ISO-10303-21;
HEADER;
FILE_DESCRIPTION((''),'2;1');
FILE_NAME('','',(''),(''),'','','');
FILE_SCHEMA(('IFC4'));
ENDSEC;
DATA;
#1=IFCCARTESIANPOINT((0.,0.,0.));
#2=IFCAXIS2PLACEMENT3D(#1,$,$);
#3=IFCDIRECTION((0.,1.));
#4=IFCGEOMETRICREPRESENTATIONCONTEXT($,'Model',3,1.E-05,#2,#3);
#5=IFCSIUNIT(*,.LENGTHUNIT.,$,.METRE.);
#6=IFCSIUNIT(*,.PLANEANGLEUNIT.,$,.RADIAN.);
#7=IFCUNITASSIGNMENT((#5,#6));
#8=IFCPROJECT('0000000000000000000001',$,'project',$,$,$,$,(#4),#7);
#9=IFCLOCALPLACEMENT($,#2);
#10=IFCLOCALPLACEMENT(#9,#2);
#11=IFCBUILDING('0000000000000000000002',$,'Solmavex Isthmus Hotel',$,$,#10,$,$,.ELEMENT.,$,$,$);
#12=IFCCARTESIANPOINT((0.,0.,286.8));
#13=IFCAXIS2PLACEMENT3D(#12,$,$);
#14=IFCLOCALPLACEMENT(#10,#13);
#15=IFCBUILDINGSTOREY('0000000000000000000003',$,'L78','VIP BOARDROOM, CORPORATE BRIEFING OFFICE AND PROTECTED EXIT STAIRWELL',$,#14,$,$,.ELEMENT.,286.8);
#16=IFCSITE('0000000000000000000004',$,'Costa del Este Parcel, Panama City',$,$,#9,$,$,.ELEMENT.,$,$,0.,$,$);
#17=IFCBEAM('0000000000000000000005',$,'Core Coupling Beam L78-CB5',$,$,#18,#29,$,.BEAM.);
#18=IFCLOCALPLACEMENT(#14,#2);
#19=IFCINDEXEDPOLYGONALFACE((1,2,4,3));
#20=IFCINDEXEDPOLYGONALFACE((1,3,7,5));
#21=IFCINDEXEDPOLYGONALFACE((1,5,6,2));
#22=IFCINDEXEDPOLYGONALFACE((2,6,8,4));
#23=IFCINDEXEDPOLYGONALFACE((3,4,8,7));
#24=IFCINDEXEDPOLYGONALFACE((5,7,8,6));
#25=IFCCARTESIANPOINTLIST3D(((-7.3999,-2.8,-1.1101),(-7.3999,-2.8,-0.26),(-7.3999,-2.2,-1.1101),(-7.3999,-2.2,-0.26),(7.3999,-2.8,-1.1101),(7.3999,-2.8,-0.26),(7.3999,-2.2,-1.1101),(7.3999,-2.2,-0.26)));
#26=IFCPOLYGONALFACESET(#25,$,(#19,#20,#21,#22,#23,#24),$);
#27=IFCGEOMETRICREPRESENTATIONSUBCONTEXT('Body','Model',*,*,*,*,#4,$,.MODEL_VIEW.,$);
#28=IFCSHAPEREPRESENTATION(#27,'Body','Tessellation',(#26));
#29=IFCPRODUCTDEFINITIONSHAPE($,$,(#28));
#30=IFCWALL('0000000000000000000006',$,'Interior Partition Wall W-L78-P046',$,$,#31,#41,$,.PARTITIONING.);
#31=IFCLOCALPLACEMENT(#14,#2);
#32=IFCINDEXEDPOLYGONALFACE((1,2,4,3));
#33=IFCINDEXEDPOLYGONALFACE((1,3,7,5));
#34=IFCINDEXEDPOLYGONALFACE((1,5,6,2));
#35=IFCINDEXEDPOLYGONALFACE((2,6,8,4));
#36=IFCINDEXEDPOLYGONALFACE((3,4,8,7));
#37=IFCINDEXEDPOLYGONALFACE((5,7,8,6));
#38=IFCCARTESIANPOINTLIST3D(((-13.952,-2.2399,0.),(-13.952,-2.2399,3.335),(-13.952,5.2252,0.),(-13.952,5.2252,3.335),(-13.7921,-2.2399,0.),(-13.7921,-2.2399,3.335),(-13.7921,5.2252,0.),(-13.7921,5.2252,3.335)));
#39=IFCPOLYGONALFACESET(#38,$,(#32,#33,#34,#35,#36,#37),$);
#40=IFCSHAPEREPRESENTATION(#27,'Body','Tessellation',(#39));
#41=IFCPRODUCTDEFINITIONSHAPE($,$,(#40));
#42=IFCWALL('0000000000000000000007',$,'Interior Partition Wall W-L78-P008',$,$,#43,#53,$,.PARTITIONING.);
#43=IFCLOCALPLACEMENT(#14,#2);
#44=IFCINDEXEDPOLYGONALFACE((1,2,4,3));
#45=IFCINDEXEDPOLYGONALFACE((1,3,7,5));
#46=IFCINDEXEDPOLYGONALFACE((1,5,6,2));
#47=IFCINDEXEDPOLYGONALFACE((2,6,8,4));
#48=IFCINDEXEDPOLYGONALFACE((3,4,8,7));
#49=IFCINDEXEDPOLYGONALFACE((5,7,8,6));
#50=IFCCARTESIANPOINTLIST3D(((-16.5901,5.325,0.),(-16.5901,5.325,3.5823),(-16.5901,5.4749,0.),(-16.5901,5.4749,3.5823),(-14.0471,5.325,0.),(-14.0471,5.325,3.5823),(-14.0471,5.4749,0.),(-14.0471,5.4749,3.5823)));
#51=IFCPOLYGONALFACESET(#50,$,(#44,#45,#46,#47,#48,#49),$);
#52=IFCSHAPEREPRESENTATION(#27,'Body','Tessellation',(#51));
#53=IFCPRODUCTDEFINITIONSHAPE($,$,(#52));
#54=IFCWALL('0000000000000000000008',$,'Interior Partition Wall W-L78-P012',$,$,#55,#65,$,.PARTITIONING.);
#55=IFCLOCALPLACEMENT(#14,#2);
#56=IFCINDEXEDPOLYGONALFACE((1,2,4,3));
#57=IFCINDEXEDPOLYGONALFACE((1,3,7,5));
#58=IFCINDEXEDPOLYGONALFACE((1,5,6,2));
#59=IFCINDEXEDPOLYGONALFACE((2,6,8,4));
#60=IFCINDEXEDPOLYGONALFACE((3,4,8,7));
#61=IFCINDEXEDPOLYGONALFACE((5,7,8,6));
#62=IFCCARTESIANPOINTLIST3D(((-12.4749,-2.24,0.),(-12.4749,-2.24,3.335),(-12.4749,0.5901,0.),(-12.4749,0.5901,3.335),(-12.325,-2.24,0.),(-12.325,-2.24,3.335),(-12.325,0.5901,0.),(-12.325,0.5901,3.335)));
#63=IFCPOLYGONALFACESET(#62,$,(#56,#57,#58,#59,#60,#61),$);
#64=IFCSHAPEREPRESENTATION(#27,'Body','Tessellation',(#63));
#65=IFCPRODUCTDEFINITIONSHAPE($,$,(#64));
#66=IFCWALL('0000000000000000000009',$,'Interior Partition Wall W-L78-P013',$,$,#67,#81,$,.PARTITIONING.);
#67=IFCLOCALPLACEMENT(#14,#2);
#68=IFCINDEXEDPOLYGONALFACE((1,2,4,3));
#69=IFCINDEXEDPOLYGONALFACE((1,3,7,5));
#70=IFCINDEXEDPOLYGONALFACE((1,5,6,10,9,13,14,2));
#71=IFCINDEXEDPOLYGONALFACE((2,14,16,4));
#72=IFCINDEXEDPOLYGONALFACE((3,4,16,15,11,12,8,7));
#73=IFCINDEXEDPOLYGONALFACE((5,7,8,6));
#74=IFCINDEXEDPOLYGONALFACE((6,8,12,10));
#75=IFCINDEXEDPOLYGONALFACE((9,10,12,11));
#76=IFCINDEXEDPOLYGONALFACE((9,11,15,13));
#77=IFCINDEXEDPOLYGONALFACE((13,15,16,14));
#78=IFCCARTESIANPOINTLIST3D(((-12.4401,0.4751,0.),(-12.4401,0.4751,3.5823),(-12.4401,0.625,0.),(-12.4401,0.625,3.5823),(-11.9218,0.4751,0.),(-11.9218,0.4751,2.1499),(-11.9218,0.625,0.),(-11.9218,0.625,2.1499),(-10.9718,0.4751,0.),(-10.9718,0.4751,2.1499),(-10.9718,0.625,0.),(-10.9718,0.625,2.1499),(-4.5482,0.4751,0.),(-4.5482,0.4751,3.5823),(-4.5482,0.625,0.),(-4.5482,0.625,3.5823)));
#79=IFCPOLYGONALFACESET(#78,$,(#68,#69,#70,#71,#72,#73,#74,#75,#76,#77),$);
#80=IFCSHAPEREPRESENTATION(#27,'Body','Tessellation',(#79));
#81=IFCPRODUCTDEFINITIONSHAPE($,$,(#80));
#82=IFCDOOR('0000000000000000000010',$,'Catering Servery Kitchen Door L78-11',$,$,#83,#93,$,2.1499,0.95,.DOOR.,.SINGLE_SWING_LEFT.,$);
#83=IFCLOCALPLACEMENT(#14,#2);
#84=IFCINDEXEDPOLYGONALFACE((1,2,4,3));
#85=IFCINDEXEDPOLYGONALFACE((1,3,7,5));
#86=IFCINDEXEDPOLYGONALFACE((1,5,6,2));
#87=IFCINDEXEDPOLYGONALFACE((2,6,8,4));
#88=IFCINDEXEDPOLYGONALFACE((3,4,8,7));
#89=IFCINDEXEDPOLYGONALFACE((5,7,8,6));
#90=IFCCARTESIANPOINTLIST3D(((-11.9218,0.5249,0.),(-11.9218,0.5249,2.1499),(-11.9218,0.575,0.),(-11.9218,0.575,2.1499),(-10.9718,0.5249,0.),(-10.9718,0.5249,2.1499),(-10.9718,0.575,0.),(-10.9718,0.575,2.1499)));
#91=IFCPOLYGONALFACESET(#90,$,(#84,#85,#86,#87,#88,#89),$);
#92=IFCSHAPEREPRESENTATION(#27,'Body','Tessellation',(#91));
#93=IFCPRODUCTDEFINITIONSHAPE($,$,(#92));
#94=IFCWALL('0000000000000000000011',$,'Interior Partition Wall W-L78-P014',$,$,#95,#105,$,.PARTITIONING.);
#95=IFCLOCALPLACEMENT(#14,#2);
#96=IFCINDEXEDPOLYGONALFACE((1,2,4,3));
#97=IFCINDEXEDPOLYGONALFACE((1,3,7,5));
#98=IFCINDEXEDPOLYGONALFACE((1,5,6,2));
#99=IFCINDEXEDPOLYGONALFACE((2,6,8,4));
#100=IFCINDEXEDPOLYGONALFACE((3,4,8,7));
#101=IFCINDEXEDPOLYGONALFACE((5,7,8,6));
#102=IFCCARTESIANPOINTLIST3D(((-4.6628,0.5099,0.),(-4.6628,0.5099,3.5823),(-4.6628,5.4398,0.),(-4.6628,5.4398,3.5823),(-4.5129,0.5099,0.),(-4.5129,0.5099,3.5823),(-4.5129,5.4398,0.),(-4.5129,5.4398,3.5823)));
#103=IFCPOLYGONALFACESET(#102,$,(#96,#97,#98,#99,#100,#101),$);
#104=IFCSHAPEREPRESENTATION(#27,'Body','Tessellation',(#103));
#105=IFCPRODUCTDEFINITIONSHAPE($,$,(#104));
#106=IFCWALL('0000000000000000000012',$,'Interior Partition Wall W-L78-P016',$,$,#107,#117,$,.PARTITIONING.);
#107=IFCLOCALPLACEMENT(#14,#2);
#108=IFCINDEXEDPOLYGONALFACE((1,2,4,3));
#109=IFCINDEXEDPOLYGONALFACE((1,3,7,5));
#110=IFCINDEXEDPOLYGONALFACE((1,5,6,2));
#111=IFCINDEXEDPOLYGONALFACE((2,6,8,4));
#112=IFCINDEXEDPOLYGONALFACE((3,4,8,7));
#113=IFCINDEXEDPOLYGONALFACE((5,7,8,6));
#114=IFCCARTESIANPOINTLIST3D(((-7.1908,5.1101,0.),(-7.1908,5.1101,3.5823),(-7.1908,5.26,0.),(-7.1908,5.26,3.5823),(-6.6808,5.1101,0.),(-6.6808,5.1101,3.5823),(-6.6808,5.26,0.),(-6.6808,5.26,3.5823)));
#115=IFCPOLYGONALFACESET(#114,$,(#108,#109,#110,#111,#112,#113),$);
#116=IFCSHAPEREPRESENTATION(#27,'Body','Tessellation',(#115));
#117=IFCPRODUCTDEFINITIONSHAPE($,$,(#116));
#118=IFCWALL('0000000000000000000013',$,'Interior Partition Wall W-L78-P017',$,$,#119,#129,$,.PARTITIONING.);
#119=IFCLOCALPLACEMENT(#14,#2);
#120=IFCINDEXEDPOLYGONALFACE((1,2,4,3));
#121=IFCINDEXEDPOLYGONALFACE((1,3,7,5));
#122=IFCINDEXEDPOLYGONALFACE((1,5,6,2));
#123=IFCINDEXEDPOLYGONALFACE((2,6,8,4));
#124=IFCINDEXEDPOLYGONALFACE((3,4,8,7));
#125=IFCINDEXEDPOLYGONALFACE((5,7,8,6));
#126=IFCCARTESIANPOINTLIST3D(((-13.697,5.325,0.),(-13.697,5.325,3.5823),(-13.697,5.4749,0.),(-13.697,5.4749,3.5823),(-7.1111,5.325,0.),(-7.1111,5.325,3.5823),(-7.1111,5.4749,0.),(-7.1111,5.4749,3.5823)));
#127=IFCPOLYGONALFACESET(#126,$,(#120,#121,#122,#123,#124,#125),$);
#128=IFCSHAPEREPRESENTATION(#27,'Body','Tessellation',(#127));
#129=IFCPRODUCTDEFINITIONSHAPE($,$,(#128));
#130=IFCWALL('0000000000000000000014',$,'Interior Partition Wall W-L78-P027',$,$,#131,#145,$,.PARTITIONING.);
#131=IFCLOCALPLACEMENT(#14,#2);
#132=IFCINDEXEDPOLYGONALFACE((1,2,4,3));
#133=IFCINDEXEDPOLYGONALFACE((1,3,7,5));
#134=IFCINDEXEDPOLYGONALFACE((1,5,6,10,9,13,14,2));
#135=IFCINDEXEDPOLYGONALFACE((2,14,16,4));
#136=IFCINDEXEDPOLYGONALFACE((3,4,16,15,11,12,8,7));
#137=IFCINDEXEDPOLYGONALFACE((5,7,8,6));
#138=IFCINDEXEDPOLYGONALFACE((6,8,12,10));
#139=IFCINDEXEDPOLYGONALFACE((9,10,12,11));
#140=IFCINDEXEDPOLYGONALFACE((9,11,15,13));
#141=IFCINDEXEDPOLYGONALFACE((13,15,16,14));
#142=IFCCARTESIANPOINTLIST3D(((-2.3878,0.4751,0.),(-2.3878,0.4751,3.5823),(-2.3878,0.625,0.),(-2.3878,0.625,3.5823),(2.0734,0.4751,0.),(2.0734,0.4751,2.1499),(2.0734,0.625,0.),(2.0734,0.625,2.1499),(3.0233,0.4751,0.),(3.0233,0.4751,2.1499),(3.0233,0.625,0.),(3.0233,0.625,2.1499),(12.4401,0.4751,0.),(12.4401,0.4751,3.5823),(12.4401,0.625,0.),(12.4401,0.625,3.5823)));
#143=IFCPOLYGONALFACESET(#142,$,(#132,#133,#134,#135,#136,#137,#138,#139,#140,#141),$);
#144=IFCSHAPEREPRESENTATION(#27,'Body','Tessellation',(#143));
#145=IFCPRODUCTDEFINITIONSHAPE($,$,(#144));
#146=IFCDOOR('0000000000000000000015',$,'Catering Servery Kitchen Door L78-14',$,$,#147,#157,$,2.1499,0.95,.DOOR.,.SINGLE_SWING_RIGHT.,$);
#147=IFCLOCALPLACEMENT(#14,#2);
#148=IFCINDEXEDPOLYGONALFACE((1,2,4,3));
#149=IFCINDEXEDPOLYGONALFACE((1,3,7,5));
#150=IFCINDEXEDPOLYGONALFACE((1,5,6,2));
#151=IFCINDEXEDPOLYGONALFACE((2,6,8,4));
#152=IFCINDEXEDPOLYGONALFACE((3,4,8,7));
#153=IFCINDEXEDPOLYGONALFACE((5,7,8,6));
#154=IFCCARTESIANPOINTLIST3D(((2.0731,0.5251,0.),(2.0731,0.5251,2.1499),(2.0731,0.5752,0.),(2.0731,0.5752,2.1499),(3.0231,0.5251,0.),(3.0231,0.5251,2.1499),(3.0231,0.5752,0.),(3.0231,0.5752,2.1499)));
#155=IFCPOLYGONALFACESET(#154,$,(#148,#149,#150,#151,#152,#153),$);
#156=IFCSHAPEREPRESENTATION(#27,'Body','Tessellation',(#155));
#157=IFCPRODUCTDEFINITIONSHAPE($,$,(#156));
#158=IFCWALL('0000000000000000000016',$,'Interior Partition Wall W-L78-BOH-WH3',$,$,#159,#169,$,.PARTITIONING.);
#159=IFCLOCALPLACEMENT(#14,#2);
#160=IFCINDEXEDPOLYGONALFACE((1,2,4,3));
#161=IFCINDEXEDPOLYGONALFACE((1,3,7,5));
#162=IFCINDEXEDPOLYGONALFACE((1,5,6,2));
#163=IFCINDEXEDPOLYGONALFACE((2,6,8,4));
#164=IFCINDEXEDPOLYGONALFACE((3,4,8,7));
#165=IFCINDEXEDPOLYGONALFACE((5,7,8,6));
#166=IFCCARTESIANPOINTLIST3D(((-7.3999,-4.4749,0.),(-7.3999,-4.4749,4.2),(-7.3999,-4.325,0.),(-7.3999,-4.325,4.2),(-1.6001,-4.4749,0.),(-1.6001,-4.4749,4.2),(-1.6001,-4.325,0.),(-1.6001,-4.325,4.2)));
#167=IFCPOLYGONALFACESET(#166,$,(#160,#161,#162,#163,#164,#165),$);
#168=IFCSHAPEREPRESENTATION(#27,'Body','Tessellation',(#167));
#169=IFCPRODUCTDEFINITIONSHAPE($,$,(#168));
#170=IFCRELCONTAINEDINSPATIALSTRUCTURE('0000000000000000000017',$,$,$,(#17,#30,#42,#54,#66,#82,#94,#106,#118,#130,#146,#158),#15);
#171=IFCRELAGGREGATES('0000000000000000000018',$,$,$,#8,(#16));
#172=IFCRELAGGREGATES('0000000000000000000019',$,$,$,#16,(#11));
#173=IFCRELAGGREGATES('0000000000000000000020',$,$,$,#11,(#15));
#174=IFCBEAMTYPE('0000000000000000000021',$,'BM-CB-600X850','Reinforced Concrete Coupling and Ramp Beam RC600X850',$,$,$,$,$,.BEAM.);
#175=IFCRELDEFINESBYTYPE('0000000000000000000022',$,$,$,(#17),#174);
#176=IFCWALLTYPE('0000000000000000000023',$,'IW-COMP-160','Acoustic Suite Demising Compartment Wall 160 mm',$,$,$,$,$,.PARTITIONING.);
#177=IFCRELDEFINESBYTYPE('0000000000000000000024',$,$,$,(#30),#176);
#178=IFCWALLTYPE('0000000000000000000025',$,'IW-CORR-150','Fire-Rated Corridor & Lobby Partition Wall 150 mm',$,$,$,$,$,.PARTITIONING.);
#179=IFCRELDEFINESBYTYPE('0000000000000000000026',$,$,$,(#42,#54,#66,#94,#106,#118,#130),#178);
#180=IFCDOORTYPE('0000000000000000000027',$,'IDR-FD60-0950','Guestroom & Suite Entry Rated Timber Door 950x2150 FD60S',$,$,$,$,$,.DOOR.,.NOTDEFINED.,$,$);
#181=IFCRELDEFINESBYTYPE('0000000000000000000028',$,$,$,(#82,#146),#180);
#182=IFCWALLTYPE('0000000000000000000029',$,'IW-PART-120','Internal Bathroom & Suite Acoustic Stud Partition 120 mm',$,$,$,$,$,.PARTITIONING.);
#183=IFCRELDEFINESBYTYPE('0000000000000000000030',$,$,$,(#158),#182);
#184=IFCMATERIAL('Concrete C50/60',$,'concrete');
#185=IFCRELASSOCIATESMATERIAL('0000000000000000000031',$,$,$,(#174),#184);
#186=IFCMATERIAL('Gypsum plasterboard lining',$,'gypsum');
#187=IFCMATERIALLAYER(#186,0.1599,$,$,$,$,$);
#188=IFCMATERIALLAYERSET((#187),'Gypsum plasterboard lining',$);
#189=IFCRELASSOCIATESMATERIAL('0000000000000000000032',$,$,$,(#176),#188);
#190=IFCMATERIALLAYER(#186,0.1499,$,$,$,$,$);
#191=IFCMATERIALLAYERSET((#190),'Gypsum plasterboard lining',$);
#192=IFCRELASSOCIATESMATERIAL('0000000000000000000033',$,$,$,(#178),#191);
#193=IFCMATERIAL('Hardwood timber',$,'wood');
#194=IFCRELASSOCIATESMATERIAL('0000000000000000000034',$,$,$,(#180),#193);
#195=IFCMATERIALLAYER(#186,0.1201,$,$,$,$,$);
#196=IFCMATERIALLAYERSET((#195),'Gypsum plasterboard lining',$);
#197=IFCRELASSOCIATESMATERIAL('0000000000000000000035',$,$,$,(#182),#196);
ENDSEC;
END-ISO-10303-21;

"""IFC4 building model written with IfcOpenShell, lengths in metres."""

from ifc_helpers import new_model, si_unit, direction, frame, frame_2d, origin, origin_2d, place, context, subcontext, project, spatial, rectangle, extrude, material, layer, layer_set, material_profile, profile_set, type_object, element, fill, save


model = new_model("IFC4")

# Units and contexts
model_context = context("Model", 3, precision=1e-05, world=origin(), true_north=direction((0.0, 1.0)))
body_context = subcontext(model_context, "Body", "Model", "MODEL_VIEW")
ifc_project = project(units=[si_unit("LENGTHUNIT", "METRE"), si_unit("PLANEANGLEUNIT", "RADIAN")], contexts=[model_context])

# Site, building, storey
site_placement = place(None, origin())
site = spatial("IfcSite", under=ifc_project, at=site_placement, Name="Costa del Este Parcel, Panama City", CompositionType="ELEMENT", RefElevation=0.0)
building_placement = place(site_placement, origin())
building = spatial("IfcBuilding", under=site, at=building_placement, Name="Solmavex Isthmus Hotel", CompositionType="ELEMENT")
storey_placement = place(building_placement, frame((0.0, 0.0, 286.8)))
storey = spatial("IfcBuildingStorey", under=building, at=storey_placement, Name="L78", Description="VIP BOARDROOM, CORPORATE BRIEFING OFFICE AND PROTECTED EXIT STAIRWELL", CompositionType="ELEMENT", Elevation=286.8)

# Shared definitions
ifc_material_1 = material(Name="Concrete C50/60", Category="concrete")

# Beam
ifc_material_profile_1 = material_profile(ifc_material_1, rectangle(XDim=0.6001, YDim=0.8501, at=origin_2d()), Name="RC600X850")
ifc_profile_set_1 = profile_set([ifc_material_profile_1], Name="Concrete C50/60")
beam_type_1 = type_object("IfcBeamType", Name="BM-CB-600X850", Description="Reinforced Concrete Coupling and Ramp Beam RC600X850", PredefinedType="BEAM", material=ifc_profile_set_1)
beam_1_placement = place(storey_placement, frame((-7.3999, -2.5, -0.6851), z_axis=(1.0, 0.0, 0.0), x_axis=(0.0, 1.0, 0.0)))
element("IfcBeam", 1, at=beam_1_placement, inside=storey, type_object=beam_type_1, Name="Core Coupling Beam L78-CB5", PredefinedType="BEAM", context=body_context, shape_type="SweptSolid", body=[
    extrude(rectangle(XDim=0.6001, YDim=0.8501, at=origin_2d()), origin(), (0.0, 0.0, 1.0), 14.7998),
])

# Walls
ifc_material_2 = material(Name="Gypsum plasterboard lining", Category="gypsum")
ifc_layer_1 = layer(ifc_material_2, 0.1599)
ifc_layer_set_1 = layer_set([ifc_layer_1], Name="Gypsum plasterboard lining")
wall_type_1 = type_object("IfcWallType", Name="IW-COMP-160", Description="Acoustic Suite Demising Compartment Wall 160 mm", PredefinedType="PARTITIONING", material=ifc_layer_set_1)
wall_1_placement = place(storey_placement, frame((-13.8721, 5.2251, 0.0), z_axis=(0.0, 0.0, 1.0), x_axis=(0.0, -1.0, 0.0)))
element("IfcWall", 2, at=wall_1_placement, inside=storey, type_object=wall_type_1, Name="Interior Partition Wall W-L78-P046", PredefinedType="PARTITIONING", context=body_context, shape_type="SweptSolid", body=[
    extrude(rectangle(XDim=7.4651, YDim=0.1599, at=frame_2d((3.7324, 0.0))), origin(), (0.0, 0.0, 1.0), 3.335),
])
ifc_layer_2 = layer(ifc_material_2, 0.1499)
ifc_layer_set_2 = layer_set([ifc_layer_2], Name="Gypsum plasterboard lining")
wall_type_2 = type_object("IfcWallType", Name="IW-CORR-150", Description="Fire-Rated Corridor & Lobby Partition Wall 150 mm", PredefinedType="PARTITIONING", material=ifc_layer_set_2)
wall_2_placement = place(storey_placement, frame((-14.0471, 5.3999, 0.0), z_axis=(0.0, 0.0, 1.0), x_axis=(-1.0, 0.0, 0.0)))
element("IfcWall", 3, at=wall_2_placement, inside=storey, type_object=wall_type_2, Name="Interior Partition Wall W-L78-P008", PredefinedType="PARTITIONING", context=body_context, shape_type="SweptSolid", body=[
    extrude(rectangle(XDim=2.543, YDim=0.1499, at=frame_2d((1.2715, 0.0))), origin(), (0.0, 0.0, 1.0), 3.5823),
])
wall_3_placement = place(storey_placement, frame((-12.3999, -2.24, 0.0), z_axis=(0.0, 0.0, 1.0), x_axis=(0.0, 1.0, 0.0)))
element("IfcWall", 4, at=wall_3_placement, inside=storey, type_object=wall_type_2, Name="Interior Partition Wall W-L78-P012", PredefinedType="PARTITIONING", context=body_context, shape_type="SweptSolid", body=[
    extrude(rectangle(XDim=2.8301, YDim=0.1499, at=frame_2d((1.415, 0.0))), origin(), (0.0, 0.0, 1.0), 3.335),
])

# Wall, opening, door
wall_4_placement = place(storey_placement, frame((-12.4399, 0.55, 0.0), z_axis=(0.0, 0.0, 1.0), x_axis=(1.0, 0.0, 0.0)))
wall_4 = element("IfcWall", 5, at=wall_4_placement, inside=storey, type_object=wall_type_2, Name="Interior Partition Wall W-L78-P013", PredefinedType="PARTITIONING", context=body_context, shape_type="SweptSolid", body=[
    extrude(rectangle(XDim=7.8918, YDim=0.1499, at=frame_2d((3.9458, 0.0))), origin(), (0.0, 0.0, 1.0), 3.5823),
])
opening_1_placement = place(wall_4_placement, frame((0.5181, 0.0, 0.0)))
opening_1 = element("IfcOpeningElement", 6, at=opening_1_placement, cuts=wall_4, PredefinedType="OPENING", context=body_context, shape_type="SweptSolid", body=[
    extrude(rectangle(XDim=0.95, YDim=2.1499, at=frame_2d((0.4751, 1.075))), frame((0.0, 0.085, 0.0), z_axis=(0.0, -1.0, 0.0), x_axis=(1.0, 0.0, 0.0)), (0.0, 0.0, 1.0), 0.1699),
])
ifc_material_3 = material(Name="Hardwood timber", Category="wood")
door_type_1 = type_object("IfcDoorType", Name="IDR-FD60-0950", Description="Guestroom & Suite Entry Rated Timber Door 950x2150 FD60S", OperationType="NOTDEFINED", PredefinedType="DOOR", material=ifc_material_3)
door_1_placement = place(opening_1_placement, origin())
door_1 = element("IfcDoor", 7, at=door_1_placement, inside=storey, type_object=door_type_1, Name="Catering Servery Kitchen Door L78-11", OperationType="SINGLE_SWING_LEFT", OverallHeight=2.1499, OverallWidth=0.95, PredefinedType="DOOR", context=body_context, shape_type="SweptSolid", body=[
    extrude(rectangle(XDim=0.95, YDim=2.1499, at=frame_2d((0.4751, 1.075))), frame((0.0, 0.0249, 0.0), z_axis=(0.0, -1.0, 0.0), x_axis=(1.0, 0.0, 0.0)), (0.0, 0.0, 1.0), 0.05),
])
fill(opening_1, door_1)

# Walls
wall_5_placement = place(storey_placement, frame((-4.5879, 0.51, 0.0), z_axis=(0.0, 0.0, 1.0), x_axis=(0.0, 1.0, 0.0)))
element("IfcWall", 8, at=wall_5_placement, inside=storey, type_object=wall_type_2, Name="Interior Partition Wall W-L78-P014", PredefinedType="PARTITIONING", context=body_context, shape_type="SweptSolid", body=[
    extrude(rectangle(XDim=4.9299, YDim=0.1499, at=frame_2d((2.4648, 0.0))), origin(), (0.0, 0.0, 1.0), 3.5823),
])
wall_6_placement = place(storey_placement, frame((-6.6809, 5.1851, 0.0), z_axis=(0.0, 0.0, 1.0), x_axis=(-1.0, 0.0, 0.0)))
element("IfcWall", 9, at=wall_6_placement, inside=storey, type_object=wall_type_2, Name="Interior Partition Wall W-L78-P016", PredefinedType="PARTITIONING", context=body_context, shape_type="SweptSolid", body=[
    extrude(rectangle(XDim=0.51, YDim=0.1499, at=frame_2d((0.2549, 0.0))), origin(), (0.0, 0.0, 1.0), 3.5823),
])
wall_7_placement = place(storey_placement, frame((-7.1111, 5.3999, 0.0), z_axis=(0.0, 0.0, 1.0), x_axis=(-1.0, 0.0, 0.0)))
element("IfcWall", 10, at=wall_7_placement, inside=storey, type_object=wall_type_2, Name="Interior Partition Wall W-L78-P017", PredefinedType="PARTITIONING", context=body_context, shape_type="SweptSolid", body=[
    extrude(rectangle(XDim=6.5859, YDim=0.1499, at=frame_2d((3.293, 0.0))), origin(), (0.0, 0.0, 1.0), 3.5823),
])

# Wall, opening, door
wall_8_placement = place(storey_placement, frame((-2.3879, 0.55, 0.0), z_axis=(0.0, 0.0, 1.0), x_axis=(1.0, 0.0, 0.0)))
wall_8 = element("IfcWall", 11, at=wall_8_placement, inside=storey, type_object=wall_type_2, Name="Interior Partition Wall W-L78-P027", PredefinedType="PARTITIONING", context=body_context, shape_type="SweptSolid", body=[
    extrude(rectangle(XDim=14.8279, YDim=0.1499, at=frame_2d((7.4141, 0.0))), origin(), (0.0, 0.0, 1.0), 3.5823),
])
opening_2_placement = place(wall_8_placement, frame((4.4612, 0.0, 0.0)))
opening_2 = element("IfcOpeningElement", 12, at=opening_2_placement, cuts=wall_8, PredefinedType="OPENING", context=body_context, shape_type="SweptSolid", body=[
    extrude(rectangle(XDim=0.95, YDim=2.1499, at=frame_2d((0.4751, 1.075))), frame((0.0, 0.085, 0.0), z_axis=(0.0, -1.0, 0.0), x_axis=(1.0, 0.0, 0.0)), (0.0, 0.0, 1.0), 0.1699),
])
door_2_placement = place(opening_2_placement, frame((0.95, 0.0, 0.0), z_axis=(0.0, 0.0, 1.0), x_axis=(-1.0, 0.0, 0.0)))
door_2 = element("IfcDoor", 13, at=door_2_placement, inside=storey, type_object=door_type_1, Name="Catering Servery Kitchen Door L78-14", OperationType="SINGLE_SWING_RIGHT", OverallHeight=2.1499, OverallWidth=0.95, PredefinedType="DOOR", context=body_context, shape_type="SweptSolid", body=[
    extrude(rectangle(XDim=0.95, YDim=2.1499, at=frame_2d((0.4751, 1.075))), frame((0.0, 0.0249, 0.0), z_axis=(0.0, -1.0, 0.0), x_axis=(1.0, 0.0, 0.0)), (0.0, 0.0, 1.0), 0.05),
])
fill(opening_2, door_2)

# Wall
ifc_layer_3 = layer(ifc_material_2, 0.1201)
ifc_layer_set_3 = layer_set([ifc_layer_3], Name="Gypsum plasterboard lining")
wall_type_3 = type_object("IfcWallType", Name="IW-PART-120", Description="Internal Bathroom & Suite Acoustic Stud Partition 120 mm", PredefinedType="PARTITIONING", material=ifc_layer_set_3)
wall_9_placement = place(storey_placement, frame((-7.3999, -4.3999, 0.0), z_axis=(0.0, 0.0, 1.0), x_axis=(1.0, 0.0, 0.0)))
element("IfcWall", 14, at=wall_9_placement, inside=storey, type_object=wall_type_3, Name="Interior Partition Wall W-L78-BOH-WH3", PredefinedType="PARTITIONING", context=body_context, shape_type="SweptSolid", body=[
    extrude(rectangle(XDim=5.7998, YDim=0.1499, at=frame_2d((2.8999, 0.0))), origin(), (0.0, 0.0, 1.0), 4.2),
])

save(model, "model.ifc")
